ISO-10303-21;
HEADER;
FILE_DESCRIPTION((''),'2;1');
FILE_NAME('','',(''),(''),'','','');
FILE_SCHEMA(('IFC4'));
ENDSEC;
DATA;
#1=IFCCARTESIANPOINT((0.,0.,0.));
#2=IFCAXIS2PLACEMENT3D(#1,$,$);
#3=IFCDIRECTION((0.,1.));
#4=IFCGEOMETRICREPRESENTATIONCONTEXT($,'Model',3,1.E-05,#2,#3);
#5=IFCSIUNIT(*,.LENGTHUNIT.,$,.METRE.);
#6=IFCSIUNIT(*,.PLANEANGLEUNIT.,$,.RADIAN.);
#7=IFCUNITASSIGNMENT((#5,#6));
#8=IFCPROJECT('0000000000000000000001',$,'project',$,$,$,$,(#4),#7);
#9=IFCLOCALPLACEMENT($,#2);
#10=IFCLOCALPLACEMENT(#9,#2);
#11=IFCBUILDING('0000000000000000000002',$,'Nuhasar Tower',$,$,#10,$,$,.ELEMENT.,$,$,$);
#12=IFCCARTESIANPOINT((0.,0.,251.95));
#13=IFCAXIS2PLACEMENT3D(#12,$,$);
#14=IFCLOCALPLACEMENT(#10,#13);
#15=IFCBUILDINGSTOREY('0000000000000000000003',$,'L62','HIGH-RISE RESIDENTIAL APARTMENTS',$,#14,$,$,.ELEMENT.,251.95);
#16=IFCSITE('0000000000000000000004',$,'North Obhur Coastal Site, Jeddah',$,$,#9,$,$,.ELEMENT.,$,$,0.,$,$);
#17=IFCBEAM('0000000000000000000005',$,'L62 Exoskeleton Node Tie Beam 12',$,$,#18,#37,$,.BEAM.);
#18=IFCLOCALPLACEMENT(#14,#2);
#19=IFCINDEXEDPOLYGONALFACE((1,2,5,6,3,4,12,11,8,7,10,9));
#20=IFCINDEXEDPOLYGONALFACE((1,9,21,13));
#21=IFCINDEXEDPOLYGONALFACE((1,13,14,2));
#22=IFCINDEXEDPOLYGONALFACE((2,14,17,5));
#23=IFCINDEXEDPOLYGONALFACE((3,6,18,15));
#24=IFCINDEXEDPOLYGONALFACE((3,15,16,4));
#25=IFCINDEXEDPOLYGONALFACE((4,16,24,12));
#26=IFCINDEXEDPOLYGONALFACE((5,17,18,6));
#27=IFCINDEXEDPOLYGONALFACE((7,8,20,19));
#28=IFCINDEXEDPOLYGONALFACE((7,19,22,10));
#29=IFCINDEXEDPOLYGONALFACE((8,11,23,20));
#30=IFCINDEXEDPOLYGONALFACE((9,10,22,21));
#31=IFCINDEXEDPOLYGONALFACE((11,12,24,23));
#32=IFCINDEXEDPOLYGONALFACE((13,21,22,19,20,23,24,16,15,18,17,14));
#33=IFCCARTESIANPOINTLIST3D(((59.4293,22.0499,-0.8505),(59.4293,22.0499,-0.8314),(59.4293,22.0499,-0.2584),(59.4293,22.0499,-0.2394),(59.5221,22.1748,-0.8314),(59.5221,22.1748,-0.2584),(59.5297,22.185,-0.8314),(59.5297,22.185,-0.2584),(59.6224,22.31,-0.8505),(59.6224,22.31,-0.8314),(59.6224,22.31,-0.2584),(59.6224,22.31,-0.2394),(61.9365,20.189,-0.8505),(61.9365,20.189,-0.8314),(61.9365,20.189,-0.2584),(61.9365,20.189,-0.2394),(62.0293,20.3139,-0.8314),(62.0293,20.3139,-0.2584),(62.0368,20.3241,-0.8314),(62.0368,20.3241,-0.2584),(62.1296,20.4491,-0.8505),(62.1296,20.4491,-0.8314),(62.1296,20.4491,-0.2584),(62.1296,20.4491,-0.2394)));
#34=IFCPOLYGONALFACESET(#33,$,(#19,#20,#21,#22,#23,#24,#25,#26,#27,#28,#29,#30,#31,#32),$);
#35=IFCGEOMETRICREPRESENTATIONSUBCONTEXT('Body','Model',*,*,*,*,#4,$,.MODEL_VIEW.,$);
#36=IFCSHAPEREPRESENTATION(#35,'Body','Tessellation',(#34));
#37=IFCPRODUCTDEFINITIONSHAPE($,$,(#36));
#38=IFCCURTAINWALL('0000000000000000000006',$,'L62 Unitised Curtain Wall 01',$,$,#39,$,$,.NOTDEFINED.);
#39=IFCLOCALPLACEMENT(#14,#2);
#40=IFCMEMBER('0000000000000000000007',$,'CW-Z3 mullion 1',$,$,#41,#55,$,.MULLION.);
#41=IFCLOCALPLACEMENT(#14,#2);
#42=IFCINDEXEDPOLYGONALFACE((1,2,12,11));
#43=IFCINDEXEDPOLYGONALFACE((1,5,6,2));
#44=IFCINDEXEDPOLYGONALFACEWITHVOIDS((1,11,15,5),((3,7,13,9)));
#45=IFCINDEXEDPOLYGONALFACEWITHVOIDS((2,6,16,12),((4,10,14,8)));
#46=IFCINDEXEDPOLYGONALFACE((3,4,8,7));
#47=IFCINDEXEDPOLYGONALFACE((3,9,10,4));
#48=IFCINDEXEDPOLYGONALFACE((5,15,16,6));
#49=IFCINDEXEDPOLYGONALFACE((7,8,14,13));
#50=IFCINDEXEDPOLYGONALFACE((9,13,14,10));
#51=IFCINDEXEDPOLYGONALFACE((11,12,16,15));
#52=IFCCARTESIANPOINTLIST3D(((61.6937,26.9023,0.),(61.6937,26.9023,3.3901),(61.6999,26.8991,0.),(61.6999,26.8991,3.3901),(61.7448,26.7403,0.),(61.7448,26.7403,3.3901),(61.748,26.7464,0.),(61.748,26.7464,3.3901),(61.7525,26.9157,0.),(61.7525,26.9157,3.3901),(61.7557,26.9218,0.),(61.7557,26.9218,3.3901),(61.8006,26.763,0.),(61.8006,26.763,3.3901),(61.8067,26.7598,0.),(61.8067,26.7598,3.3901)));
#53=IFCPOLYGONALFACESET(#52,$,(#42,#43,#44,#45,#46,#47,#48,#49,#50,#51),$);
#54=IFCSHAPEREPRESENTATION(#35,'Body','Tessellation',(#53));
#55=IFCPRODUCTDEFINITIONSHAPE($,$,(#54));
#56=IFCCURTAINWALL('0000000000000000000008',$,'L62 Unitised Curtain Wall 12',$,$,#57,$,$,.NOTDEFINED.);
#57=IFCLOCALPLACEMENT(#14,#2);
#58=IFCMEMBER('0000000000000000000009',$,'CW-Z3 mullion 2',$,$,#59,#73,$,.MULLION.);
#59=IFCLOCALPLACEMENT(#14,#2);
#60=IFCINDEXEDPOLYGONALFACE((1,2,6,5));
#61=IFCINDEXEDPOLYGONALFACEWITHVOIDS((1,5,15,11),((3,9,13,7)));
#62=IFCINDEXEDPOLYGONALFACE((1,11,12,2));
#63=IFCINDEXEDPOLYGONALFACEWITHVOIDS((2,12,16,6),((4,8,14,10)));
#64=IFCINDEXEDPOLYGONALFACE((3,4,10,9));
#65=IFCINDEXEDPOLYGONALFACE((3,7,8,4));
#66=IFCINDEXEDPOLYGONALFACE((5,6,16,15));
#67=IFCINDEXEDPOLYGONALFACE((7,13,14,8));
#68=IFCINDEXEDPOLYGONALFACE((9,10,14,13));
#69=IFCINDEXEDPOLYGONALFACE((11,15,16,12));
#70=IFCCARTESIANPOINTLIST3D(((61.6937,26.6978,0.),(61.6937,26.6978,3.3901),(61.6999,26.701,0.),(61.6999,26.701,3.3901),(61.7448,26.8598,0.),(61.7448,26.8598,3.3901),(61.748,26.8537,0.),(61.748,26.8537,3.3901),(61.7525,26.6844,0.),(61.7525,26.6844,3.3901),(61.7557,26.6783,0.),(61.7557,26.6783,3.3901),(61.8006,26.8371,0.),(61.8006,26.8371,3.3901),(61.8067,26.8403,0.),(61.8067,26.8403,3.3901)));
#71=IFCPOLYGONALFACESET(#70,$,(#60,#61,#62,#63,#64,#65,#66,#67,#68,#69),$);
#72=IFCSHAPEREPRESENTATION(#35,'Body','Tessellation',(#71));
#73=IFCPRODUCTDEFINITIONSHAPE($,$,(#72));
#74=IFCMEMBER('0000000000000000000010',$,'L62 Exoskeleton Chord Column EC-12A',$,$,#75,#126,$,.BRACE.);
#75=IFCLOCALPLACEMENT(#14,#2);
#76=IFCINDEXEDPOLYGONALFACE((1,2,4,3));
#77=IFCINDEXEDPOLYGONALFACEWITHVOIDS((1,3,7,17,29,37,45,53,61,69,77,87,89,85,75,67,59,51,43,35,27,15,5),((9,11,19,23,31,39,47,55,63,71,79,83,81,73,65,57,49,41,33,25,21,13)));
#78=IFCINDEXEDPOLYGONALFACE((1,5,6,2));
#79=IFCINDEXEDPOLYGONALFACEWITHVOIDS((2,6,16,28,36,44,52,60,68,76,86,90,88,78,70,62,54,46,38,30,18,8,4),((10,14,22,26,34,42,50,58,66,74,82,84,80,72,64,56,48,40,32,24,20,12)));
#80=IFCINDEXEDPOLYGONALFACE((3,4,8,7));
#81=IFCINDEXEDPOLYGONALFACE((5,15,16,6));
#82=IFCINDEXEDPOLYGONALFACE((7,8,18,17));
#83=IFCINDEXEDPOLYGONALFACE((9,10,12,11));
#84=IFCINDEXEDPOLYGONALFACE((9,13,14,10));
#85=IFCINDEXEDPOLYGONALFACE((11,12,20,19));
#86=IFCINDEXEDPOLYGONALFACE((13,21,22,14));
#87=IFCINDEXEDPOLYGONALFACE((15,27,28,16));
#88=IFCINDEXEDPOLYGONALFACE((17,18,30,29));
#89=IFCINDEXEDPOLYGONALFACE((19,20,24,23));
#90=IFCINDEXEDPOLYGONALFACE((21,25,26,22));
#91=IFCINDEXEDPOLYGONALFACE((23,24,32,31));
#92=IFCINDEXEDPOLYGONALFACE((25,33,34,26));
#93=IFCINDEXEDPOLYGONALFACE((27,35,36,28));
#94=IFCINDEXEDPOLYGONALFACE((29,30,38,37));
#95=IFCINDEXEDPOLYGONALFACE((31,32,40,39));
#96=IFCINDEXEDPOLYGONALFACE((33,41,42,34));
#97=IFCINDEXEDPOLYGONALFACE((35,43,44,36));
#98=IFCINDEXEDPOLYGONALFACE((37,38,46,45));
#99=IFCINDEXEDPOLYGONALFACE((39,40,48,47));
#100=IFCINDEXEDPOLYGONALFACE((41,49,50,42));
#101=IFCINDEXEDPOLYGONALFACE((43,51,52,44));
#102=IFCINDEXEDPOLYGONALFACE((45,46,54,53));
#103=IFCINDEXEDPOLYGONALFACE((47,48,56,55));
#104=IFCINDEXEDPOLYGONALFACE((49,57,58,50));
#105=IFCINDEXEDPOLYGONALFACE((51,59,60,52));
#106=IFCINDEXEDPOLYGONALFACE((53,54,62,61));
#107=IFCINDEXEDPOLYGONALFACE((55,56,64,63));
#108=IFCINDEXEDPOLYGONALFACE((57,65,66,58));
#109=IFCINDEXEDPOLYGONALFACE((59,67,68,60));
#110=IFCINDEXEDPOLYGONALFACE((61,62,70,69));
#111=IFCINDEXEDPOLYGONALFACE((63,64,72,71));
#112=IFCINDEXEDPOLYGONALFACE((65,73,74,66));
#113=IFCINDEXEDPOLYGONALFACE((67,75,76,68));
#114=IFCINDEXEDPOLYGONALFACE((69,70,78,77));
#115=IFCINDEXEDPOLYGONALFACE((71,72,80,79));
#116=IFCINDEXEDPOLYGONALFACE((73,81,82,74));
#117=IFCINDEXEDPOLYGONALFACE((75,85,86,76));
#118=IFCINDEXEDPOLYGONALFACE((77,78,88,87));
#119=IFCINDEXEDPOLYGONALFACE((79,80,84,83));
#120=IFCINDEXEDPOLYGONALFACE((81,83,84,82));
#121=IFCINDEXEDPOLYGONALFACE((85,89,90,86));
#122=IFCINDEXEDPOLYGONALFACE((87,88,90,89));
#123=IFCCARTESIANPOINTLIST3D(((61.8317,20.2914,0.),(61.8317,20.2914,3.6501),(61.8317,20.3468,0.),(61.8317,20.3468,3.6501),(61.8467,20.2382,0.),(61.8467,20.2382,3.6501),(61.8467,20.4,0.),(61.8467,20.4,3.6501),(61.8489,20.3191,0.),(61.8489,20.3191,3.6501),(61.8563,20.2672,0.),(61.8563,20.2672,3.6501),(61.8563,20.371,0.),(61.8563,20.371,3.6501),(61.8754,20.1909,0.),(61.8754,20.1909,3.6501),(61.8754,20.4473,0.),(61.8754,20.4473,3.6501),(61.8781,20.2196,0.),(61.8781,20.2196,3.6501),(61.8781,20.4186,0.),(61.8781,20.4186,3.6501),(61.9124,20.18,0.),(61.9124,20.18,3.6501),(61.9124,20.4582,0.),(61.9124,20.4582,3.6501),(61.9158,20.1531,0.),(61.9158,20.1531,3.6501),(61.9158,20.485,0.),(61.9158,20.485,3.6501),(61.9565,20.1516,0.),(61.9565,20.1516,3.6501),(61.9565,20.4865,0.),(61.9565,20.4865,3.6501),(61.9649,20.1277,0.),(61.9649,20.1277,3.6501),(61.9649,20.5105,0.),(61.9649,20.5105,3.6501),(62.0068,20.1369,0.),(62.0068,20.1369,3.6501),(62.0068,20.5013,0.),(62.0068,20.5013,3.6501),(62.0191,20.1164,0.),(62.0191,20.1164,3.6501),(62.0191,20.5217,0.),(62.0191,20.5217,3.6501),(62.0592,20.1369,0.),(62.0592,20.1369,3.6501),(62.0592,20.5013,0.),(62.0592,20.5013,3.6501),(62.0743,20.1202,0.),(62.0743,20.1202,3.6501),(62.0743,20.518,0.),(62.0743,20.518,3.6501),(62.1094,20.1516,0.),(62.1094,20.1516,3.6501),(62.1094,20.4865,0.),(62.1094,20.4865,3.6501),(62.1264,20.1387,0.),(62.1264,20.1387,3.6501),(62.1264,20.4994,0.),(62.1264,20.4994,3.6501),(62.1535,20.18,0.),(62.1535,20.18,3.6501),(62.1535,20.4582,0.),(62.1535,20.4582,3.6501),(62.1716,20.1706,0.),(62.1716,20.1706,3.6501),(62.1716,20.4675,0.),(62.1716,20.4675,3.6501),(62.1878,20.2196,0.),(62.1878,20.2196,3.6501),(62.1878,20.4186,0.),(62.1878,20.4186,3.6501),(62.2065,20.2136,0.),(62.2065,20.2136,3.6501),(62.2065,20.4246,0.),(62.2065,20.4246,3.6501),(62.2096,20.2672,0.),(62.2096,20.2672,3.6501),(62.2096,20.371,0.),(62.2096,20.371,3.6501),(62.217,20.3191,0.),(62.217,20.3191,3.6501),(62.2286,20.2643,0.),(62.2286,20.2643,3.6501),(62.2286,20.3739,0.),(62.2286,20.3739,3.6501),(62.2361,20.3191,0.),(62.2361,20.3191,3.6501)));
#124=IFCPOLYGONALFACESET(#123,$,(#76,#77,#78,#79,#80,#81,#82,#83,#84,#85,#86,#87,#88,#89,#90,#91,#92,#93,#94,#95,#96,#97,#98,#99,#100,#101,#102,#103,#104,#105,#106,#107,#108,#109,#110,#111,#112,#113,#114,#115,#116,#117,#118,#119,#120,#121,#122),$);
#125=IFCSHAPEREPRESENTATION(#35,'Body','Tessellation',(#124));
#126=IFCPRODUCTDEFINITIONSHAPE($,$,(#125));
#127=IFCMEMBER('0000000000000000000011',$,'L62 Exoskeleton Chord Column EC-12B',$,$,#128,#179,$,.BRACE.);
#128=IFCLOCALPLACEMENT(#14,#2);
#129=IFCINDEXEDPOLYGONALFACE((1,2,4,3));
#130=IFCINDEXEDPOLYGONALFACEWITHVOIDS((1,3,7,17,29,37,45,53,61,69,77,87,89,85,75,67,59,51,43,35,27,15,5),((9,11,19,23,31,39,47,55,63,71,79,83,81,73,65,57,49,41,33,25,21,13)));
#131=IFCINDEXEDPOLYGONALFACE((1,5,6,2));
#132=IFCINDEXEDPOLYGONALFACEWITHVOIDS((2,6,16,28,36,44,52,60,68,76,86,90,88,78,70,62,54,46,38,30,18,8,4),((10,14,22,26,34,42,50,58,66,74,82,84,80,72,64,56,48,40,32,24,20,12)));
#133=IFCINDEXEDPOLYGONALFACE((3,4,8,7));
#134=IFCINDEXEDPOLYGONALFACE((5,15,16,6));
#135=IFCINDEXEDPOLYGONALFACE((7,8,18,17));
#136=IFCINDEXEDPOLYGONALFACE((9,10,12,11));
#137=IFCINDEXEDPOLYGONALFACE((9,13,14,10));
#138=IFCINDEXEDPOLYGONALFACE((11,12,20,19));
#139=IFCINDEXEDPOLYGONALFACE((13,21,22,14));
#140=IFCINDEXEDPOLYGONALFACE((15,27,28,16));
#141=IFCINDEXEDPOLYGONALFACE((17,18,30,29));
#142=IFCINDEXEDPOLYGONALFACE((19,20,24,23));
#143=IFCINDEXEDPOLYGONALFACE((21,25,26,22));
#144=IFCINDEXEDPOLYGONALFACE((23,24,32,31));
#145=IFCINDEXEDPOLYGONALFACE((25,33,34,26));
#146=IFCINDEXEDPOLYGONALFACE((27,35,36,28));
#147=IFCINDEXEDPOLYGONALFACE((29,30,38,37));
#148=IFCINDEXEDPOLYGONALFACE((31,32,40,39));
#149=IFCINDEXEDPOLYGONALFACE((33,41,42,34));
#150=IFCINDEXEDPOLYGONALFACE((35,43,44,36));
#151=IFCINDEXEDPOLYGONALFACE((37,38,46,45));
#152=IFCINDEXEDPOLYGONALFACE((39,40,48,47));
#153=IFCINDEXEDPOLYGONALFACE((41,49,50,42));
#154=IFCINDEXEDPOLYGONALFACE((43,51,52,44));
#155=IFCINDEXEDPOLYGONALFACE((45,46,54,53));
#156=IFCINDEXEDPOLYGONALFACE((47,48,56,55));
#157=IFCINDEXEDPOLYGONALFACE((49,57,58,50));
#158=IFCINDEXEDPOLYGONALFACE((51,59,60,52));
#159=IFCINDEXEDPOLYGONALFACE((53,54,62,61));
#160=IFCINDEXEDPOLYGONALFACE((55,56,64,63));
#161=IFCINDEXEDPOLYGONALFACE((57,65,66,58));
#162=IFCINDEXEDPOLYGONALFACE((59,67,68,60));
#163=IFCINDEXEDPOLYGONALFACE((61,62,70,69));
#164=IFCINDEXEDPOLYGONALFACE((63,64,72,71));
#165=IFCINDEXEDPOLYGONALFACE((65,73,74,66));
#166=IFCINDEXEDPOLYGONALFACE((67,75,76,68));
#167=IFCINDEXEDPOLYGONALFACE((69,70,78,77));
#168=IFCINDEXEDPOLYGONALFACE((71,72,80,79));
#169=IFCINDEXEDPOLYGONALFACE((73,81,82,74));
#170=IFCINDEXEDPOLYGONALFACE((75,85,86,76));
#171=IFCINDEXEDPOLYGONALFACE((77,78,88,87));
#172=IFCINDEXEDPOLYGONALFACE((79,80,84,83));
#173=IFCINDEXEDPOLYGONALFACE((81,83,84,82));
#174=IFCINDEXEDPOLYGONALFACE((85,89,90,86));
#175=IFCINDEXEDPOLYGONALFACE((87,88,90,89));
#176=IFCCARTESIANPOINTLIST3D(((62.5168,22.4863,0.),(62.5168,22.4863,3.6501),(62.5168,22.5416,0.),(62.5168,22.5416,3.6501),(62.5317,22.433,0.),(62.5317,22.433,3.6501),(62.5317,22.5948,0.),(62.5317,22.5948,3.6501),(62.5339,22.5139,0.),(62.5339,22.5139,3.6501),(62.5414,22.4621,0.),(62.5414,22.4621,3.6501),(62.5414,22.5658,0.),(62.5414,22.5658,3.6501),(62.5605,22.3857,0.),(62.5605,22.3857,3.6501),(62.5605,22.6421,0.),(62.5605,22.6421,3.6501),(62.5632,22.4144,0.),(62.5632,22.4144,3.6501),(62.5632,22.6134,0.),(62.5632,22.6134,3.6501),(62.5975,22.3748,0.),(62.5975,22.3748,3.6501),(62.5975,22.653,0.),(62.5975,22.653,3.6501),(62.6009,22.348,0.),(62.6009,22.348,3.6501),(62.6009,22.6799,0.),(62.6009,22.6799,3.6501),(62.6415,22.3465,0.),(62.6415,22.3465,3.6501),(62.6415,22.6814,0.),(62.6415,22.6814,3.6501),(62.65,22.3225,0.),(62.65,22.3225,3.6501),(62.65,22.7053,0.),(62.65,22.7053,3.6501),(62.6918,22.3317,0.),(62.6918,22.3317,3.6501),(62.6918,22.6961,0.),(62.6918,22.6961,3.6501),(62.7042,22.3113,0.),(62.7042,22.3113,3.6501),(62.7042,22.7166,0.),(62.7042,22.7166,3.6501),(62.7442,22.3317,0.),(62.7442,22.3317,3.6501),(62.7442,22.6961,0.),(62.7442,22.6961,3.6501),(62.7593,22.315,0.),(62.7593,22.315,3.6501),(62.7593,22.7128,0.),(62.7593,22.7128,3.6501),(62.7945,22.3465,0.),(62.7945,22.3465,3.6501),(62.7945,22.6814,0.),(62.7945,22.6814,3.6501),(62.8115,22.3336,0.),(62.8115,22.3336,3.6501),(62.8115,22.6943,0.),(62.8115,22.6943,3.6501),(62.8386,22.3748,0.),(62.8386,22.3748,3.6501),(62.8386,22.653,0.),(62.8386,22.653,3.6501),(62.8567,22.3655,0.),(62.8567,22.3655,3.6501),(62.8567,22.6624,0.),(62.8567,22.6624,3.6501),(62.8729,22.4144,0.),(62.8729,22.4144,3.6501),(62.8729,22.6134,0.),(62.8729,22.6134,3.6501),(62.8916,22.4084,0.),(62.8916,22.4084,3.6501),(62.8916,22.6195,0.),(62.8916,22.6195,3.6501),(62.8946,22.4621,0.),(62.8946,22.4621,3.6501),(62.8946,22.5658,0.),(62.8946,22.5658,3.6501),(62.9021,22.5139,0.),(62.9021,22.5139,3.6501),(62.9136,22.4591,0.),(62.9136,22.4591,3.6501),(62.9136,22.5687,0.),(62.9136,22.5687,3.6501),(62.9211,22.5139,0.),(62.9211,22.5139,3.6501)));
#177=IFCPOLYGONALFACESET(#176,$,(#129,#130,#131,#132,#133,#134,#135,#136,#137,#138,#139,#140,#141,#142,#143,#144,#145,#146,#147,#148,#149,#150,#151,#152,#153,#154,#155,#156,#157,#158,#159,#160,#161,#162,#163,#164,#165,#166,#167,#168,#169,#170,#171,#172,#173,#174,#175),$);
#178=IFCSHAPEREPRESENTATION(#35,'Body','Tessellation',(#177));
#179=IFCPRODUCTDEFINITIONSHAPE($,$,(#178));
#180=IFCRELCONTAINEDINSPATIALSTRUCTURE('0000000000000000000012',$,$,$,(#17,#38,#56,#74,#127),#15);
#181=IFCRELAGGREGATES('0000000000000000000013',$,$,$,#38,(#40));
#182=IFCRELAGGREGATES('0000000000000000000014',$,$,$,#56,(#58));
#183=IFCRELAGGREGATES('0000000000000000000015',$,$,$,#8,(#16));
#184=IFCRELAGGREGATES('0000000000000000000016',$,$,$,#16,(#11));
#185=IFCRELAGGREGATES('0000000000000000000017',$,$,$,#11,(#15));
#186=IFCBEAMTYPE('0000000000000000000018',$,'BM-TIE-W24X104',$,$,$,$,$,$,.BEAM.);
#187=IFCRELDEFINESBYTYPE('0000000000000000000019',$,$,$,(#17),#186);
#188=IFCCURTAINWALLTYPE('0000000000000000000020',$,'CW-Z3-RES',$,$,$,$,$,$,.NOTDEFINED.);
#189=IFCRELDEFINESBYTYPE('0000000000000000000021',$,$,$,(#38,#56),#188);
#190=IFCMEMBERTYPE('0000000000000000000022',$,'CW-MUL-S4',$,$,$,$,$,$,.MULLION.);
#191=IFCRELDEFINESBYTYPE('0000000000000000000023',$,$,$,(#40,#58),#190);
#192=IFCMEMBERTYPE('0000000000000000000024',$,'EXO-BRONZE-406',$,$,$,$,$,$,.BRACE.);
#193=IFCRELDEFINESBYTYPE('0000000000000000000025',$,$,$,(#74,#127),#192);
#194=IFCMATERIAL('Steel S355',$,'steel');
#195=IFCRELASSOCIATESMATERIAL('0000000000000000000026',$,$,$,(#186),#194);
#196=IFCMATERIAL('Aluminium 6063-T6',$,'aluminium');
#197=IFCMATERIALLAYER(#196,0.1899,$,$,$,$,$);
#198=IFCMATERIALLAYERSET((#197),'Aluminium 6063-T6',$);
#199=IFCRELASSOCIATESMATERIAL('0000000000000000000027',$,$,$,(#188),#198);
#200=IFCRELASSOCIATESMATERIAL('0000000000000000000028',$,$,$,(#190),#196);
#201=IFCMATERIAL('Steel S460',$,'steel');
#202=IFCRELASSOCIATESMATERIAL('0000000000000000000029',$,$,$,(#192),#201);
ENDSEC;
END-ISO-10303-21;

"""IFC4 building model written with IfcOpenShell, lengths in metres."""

from ifc_helpers import new_model, si_unit, direction, frame, origin, origin_2d, place, context, subcontext, project, spatial, hollow_rectangle, hollow_circle, i_section, extrude, material, layer, layer_set, material_profile, profile_set, type_object, element, aggregate, save


model = new_model("IFC4")

# Units and contexts
model_context = context("Model", 3, precision=1e-05, world=origin(), true_north=direction((0.0, 1.0)))
body_context = subcontext(model_context, "Body", "Model", "MODEL_VIEW")
ifc_project = project(units=[si_unit("LENGTHUNIT", "METRE"), si_unit("PLANEANGLEUNIT", "RADIAN")], contexts=[model_context])

# Site, building, storey
site_placement = place(None, origin())
site = spatial("IfcSite", under=ifc_project, at=site_placement, Name="North Obhur Coastal Site, Jeddah", CompositionType="ELEMENT", RefElevation=0.0)
building_placement = place(site_placement, origin())
building = spatial("IfcBuilding", under=site, at=building_placement, Name="Nuhasar Tower", CompositionType="ELEMENT")
storey_placement = place(building_placement, frame((0.0, 0.0, 251.95)))
storey = spatial("IfcBuildingStorey", under=building, at=storey_placement, Name="L62", Description="HIGH-RISE RESIDENTIAL APARTMENTS", CompositionType="ELEMENT", Elevation=251.95)

# Beam
ifc_material_1 = material(Name="Steel S355", Category="steel")
ifc_material_profile_1 = material_profile(ifc_material_1, i_section(OverallWidth=0.324, OverallDepth=0.6111, WebThickness=0.0127, FlangeThickness=0.019, at=origin_2d()), Name="W24X104")
ifc_profile_set_1 = profile_set([ifc_material_profile_1], Name="Steel S355")
beam_type_1 = type_object("IfcBeamType", Name="BM-TIE-W24X104", PredefinedType="BEAM", material=ifc_profile_set_1)
beam_1_placement = place(storey_placement, frame((59.5259, 22.1799, -0.5449), z_axis=(0.802983, -0.596001, 0.0), x_axis=(0.596001, 0.802983, 0.0)))
element("IfcBeam", 1, at=beam_1_placement, inside=storey, type_object=beam_type_1, Name="L62 Exoskeleton Node Tie Beam 12", PredefinedType="BEAM", context=body_context, shape_type="SweptSolid", body=[
    extrude(i_section(OverallWidth=0.324, OverallDepth=0.6111, WebThickness=0.0127, FlangeThickness=0.019, at=origin_2d()), origin(), (0.0, 0.0, 1.0), 3.1223),
])

# Curtain walls, members
ifc_material_2 = material(Name="Aluminium 6063-T6", Category="aluminium")
ifc_layer_1 = layer(ifc_material_2, 0.1899)
ifc_layer_set_1 = layer_set([ifc_layer_1], Name="Aluminium 6063-T6")
curtain_wall_type = type_object("IfcCurtainWallType", Name="CW-Z3-RES", PredefinedType="NOTDEFINED", material=ifc_layer_set_1)
curtain_wall_1_placement = place(storey_placement, origin())
curtain_wall_1 = element("IfcCurtainWall", 2, at=curtain_wall_1_placement, inside=storey, type_object=curtain_wall_type, Name="L62 Unitised Curtain Wall 01", PredefinedType="NOTDEFINED")
ifc_material_profile_2 = material_profile(ifc_material_2, hollow_rectangle(XDim=0.0649, YDim=0.1699, WallThickness=0.0049, at=origin_2d()), Name="CWM-4")
ifc_profile_set_2 = profile_set([ifc_material_profile_2], Name="Aluminium 6063-T6")
member_type_1 = type_object("IfcMemberType", Name="CW-MUL-S4", PredefinedType="MULLION", material=ifc_profile_set_2)
member_1_placement = place(storey_placement, frame((61.7502, 26.8311, 0.0), z_axis=(0.0, 0.0, 1.0), x_axis=(-0.953804, -0.300429, 0.0)))
member_1 = element("IfcMember", 3, at=member_1_placement, type_object=member_type_1, Name="CW-Z3 mullion 1", PredefinedType="MULLION", context=body_context, shape_type="SweptSolid", body=[
    extrude(hollow_rectangle(XDim=0.0649, YDim=0.1699, WallThickness=0.0049, at=origin_2d()), origin(), (0.0, 0.0, 1.0), 3.3901),
])
aggregate(curtain_wall_1, [member_1])
curtain_wall_2_placement = place(storey_placement, origin())
curtain_wall_2 = element("IfcCurtainWall", 4, at=curtain_wall_2_placement, inside=storey, type_object=curtain_wall_type, Name="L62 Unitised Curtain Wall 12", PredefinedType="NOTDEFINED")
member_2_placement = place(storey_placement, frame((61.7502, 26.769, 0.0), z_axis=(0.0, 0.0, 1.0), x_axis=(-0.953804, 0.300429, 0.0)))
member_2 = element("IfcMember", 5, at=member_2_placement, type_object=member_type_1, Name="CW-Z3 mullion 2", PredefinedType="MULLION", context=body_context, shape_type="SweptSolid", body=[
    extrude(hollow_rectangle(XDim=0.0649, YDim=0.1699, WallThickness=0.0049, at=origin_2d()), origin(), (0.0, 0.0, 1.0), 3.3901),
])

# Members
ifc_material_3 = material(Name="Steel S460", Category="steel")
ifc_material_profile_3 = material_profile(ifc_material_3, hollow_circle(Radius=0.2031, WallThickness=0.019, at=origin_2d()), Name="HSS406.4X19.1")
ifc_profile_set_3 = profile_set([ifc_material_profile_3], Name="Steel S460")
member_type_2 = type_object("IfcMemberType", Name="EXO-BRONZE-406", PredefinedType="BRACE", material=ifc_profile_set_3)
for number, where, z_axis, x_axis, name in (
    (6, (62.033, 20.3191, 0.0), (0.0, 0.0, 1.0), (1.0, 0.0, 0.0), "L62 Exoskeleton Chord Column EC-12A"),
    (7, (62.718, 22.5139, 0.0), (0.0, 0.0, 1.0), (1.0, 0.0, 0.0), "L62 Exoskeleton Chord Column EC-12B"),
):
    element("IfcMember", number, at=place(storey_placement, frame(where, z_axis=z_axis, x_axis=x_axis)), inside=storey, type_object=member_type_2, Name=name, PredefinedType="BRACE", context=body_context, shape_type="SweptSolid", body=[
        extrude(hollow_circle(Radius=0.2031, WallThickness=0.019, at=origin_2d()), origin(), (0.0, 0.0, 1.0), 3.6501),
    ])

aggregate(curtain_wall_2, [member_2])

save(model, "model.ifc")
